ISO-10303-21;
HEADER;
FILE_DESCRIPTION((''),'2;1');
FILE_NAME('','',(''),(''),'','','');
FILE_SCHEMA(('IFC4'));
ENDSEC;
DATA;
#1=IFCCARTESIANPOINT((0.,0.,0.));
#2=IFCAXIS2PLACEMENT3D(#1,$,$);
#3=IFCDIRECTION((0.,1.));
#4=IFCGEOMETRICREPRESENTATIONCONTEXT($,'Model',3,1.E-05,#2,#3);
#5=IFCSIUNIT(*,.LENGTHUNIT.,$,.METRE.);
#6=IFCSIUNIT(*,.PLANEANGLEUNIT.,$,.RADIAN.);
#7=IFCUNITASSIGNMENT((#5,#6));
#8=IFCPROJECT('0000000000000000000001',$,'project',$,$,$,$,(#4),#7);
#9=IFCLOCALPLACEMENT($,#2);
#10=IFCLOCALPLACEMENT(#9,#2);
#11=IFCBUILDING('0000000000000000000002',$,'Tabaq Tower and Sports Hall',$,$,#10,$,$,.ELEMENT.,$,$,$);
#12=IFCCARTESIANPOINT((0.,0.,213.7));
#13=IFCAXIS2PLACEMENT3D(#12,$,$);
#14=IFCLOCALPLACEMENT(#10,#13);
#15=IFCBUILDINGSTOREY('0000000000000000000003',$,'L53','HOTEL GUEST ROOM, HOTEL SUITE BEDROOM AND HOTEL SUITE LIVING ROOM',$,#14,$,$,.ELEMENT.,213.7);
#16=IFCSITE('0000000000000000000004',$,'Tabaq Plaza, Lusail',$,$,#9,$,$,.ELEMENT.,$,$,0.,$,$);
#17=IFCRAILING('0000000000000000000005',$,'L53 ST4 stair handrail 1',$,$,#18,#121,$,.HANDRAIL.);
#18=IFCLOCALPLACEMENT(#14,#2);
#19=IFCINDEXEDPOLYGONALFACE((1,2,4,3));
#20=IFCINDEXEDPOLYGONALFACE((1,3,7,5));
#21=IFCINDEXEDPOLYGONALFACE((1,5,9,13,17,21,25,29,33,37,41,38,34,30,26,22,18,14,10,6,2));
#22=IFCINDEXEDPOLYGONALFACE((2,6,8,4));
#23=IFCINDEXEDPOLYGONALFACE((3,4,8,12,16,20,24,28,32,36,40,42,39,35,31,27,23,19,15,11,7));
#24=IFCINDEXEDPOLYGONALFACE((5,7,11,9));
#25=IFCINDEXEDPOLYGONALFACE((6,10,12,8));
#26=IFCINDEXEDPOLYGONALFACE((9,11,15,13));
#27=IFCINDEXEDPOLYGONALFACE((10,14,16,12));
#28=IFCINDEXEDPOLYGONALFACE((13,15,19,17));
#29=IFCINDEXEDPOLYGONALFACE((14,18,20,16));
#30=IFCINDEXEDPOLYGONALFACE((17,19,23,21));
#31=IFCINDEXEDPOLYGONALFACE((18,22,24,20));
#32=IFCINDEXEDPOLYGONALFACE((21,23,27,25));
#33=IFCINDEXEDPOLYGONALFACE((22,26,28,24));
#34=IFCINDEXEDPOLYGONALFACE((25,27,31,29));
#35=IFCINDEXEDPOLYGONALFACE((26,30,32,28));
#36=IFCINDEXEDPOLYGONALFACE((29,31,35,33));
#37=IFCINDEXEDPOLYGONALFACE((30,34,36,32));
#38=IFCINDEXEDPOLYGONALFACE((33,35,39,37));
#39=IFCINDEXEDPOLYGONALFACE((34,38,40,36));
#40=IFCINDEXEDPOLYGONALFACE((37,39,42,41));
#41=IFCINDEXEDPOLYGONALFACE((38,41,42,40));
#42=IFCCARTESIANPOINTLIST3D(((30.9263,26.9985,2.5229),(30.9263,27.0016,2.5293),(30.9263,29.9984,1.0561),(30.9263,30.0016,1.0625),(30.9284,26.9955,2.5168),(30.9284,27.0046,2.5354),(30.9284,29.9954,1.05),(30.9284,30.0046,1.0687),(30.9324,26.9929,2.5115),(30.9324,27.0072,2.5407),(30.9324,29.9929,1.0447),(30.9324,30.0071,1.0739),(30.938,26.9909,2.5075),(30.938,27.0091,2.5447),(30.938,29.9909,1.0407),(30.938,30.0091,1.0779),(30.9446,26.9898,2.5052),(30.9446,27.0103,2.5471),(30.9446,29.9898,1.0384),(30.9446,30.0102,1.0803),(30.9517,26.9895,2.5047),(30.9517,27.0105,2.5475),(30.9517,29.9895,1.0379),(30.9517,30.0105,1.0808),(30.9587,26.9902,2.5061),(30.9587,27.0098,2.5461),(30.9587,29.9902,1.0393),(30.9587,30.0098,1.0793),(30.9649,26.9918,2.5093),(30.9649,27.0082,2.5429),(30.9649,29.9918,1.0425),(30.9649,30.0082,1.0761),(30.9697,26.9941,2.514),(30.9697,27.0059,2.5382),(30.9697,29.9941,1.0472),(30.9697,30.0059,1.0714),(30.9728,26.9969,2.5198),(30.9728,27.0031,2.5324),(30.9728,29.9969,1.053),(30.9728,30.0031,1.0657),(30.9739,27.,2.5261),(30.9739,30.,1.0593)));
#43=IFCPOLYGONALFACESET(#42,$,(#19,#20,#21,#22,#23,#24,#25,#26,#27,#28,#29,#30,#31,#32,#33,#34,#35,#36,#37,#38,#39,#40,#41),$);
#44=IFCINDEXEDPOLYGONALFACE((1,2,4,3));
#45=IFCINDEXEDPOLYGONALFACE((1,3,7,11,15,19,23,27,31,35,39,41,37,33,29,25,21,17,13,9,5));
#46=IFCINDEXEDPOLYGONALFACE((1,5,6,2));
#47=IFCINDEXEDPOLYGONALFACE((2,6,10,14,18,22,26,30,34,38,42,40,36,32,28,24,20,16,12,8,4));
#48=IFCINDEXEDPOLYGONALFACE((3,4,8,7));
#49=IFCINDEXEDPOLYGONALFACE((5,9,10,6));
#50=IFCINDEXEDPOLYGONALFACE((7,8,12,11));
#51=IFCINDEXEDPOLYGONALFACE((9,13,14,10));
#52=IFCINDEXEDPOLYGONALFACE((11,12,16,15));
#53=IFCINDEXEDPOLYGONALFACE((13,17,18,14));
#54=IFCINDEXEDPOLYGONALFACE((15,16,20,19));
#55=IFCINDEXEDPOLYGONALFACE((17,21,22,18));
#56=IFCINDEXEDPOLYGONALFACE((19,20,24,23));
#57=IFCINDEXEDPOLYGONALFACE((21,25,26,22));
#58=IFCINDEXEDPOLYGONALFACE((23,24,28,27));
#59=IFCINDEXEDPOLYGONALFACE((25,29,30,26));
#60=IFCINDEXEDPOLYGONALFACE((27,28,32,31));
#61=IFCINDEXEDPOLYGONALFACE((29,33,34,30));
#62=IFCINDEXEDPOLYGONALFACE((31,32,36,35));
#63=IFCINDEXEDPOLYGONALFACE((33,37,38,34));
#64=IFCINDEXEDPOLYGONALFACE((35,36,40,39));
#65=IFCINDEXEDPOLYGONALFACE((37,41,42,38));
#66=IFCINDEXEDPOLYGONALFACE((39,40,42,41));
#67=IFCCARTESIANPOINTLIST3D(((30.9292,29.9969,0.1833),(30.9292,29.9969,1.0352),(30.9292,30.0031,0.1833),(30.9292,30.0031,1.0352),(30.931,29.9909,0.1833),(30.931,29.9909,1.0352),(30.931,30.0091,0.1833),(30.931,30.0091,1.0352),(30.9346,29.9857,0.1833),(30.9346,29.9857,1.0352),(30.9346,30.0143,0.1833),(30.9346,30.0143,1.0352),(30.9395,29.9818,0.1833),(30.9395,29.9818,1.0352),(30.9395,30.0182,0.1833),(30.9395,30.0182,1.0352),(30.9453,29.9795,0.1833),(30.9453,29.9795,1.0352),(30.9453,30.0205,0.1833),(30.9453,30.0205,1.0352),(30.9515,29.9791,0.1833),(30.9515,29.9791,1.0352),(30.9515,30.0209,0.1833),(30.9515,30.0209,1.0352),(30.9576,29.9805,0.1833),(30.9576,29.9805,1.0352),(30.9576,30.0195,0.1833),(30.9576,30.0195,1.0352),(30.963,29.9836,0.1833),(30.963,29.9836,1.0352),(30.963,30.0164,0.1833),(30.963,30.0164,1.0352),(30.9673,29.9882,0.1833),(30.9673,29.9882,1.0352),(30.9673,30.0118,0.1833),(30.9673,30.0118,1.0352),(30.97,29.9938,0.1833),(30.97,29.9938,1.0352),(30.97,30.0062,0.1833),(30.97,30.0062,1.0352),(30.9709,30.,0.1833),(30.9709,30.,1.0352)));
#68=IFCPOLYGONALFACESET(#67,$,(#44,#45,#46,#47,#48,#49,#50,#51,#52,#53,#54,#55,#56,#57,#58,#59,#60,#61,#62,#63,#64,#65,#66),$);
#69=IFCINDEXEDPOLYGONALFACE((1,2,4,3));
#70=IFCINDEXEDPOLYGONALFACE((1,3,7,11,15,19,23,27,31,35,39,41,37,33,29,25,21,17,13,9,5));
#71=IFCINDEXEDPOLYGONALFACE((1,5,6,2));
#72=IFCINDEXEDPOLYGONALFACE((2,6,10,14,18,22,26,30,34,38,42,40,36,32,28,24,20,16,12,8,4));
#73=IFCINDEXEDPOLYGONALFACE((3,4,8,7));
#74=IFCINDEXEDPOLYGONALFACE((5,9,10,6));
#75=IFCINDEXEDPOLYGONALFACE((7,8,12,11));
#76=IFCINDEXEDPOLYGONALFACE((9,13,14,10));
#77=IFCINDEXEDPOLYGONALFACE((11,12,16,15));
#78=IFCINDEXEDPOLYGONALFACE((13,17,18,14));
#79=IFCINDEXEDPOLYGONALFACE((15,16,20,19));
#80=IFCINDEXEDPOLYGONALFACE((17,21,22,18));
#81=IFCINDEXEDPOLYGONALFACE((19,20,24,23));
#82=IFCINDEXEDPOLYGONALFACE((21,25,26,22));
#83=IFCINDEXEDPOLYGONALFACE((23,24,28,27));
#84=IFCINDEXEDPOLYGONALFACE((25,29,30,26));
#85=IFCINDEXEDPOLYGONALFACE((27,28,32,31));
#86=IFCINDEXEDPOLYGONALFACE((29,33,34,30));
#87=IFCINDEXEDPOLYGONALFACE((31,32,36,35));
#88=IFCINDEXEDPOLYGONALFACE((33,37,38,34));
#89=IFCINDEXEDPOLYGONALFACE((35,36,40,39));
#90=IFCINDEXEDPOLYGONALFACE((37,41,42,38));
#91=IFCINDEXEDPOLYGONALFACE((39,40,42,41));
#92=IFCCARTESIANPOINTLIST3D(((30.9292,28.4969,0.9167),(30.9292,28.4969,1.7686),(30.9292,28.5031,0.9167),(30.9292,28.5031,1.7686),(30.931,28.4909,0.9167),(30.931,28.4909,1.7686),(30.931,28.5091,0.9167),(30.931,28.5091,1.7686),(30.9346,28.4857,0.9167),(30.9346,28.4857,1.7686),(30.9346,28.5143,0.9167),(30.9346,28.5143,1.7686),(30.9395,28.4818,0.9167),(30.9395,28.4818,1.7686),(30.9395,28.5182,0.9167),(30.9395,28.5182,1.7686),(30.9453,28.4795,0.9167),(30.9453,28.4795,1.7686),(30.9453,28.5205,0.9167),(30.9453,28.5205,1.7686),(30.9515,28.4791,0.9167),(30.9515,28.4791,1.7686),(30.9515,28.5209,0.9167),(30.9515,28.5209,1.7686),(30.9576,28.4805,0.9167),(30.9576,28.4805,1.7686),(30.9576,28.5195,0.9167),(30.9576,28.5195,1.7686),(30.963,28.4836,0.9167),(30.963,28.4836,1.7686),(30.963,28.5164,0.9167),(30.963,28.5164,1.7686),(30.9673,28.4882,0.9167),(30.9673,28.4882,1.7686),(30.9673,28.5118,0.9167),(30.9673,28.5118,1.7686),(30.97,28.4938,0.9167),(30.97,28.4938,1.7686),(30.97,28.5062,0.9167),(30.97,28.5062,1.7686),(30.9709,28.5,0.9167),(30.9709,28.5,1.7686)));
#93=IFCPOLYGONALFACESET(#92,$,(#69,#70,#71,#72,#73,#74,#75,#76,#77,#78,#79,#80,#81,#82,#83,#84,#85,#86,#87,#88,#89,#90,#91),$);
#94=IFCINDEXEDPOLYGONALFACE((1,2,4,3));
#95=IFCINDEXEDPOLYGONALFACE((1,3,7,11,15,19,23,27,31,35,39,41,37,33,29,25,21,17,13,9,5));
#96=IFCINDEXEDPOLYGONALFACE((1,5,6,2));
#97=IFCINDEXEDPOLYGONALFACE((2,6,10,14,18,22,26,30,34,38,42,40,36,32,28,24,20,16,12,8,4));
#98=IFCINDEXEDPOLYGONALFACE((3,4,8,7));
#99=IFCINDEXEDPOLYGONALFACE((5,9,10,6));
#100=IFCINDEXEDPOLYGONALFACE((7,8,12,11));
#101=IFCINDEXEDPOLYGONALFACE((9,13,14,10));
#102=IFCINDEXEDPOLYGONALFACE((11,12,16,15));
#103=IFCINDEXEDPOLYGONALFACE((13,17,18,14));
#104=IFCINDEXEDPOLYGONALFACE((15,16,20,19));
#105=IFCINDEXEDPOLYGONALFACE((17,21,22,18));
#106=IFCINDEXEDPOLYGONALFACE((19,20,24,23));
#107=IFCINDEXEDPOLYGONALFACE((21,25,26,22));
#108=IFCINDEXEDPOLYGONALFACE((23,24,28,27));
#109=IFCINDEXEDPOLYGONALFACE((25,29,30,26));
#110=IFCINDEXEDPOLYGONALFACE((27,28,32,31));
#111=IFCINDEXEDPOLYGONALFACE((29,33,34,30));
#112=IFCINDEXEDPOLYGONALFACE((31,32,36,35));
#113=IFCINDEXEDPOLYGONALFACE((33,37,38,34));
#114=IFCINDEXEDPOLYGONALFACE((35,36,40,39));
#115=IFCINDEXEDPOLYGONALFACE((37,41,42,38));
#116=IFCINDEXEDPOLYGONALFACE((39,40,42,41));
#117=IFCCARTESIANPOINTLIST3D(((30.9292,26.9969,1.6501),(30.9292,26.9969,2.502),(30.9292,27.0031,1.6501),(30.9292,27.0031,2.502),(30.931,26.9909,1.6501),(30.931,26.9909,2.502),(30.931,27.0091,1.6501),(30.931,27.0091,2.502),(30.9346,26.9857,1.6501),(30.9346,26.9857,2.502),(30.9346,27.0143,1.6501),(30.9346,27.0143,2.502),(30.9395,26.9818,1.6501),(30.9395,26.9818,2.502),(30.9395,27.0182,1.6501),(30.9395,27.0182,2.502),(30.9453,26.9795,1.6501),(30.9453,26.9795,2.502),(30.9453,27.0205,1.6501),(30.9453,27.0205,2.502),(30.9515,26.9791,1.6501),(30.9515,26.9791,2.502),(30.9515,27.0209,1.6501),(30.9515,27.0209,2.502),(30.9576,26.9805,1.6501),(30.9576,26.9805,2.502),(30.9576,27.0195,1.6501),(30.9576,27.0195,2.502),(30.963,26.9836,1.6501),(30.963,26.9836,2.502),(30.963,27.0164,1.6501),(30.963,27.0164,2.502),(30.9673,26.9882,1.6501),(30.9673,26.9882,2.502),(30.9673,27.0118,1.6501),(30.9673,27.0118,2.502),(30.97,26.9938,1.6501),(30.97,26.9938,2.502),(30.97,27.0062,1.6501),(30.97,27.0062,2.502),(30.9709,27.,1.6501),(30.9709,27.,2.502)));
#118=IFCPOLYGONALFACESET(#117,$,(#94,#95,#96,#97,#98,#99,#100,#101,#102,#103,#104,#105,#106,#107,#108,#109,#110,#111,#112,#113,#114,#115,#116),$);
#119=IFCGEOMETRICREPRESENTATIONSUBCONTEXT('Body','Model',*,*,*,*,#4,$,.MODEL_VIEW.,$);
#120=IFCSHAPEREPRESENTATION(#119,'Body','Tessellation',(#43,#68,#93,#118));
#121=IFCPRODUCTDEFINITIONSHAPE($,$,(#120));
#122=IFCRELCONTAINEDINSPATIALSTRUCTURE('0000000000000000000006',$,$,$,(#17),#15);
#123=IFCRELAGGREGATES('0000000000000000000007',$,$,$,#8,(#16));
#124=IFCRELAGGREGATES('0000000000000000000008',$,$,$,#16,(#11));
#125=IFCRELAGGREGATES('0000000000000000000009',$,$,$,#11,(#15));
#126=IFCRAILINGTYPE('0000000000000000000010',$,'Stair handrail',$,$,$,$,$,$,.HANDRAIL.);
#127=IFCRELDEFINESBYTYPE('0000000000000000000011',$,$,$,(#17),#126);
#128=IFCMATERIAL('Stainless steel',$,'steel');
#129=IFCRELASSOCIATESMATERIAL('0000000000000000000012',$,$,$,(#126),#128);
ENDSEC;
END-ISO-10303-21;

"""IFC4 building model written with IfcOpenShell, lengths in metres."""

from ifc_helpers import new_model, si_unit, direction, frame, origin, origin_2d, place, context, subcontext, project, spatial, circle, extrude, material, type_object, element, save


model = new_model("IFC4")

# Units and contexts
model_context = context("Model", 3, precision=1e-05, world=origin(), true_north=direction((0.0, 1.0)))
body_context = subcontext(model_context, "Body", "Model", "MODEL_VIEW")
ifc_project = project(units=[si_unit("LENGTHUNIT", "METRE"), si_unit("PLANEANGLEUNIT", "RADIAN")], contexts=[model_context])

# Site, building, storey
site_placement = place(None, origin())
site = spatial("IfcSite", under=ifc_project, at=site_placement, Name="Tabaq Plaza, Lusail", CompositionType="ELEMENT", RefElevation=0.0)
building_placement = place(site_placement, origin())
building = spatial("IfcBuilding", under=site, at=building_placement, Name="Tabaq Tower and Sports Hall", CompositionType="ELEMENT")
storey_placement = place(building_placement, frame((0.0, 0.0, 213.7)))
storey = spatial("IfcBuildingStorey", under=building, at=storey_placement, Name="L53", Description="HOTEL GUEST ROOM, HOTEL SUITE BEDROOM AND HOTEL SUITE LIVING ROOM", CompositionType="ELEMENT", Elevation=213.7)

# Railing
ifc_material_1 = material(Name="Stainless steel", Category="steel")
railing_type = type_object("IfcRailingType", Name="Stair handrail", PredefinedType="HANDRAIL", material=ifc_material_1)
railing_placement = place(storey_placement, frame((30.95, 30.0, 0.1833)))
element("IfcRailing", 1, at=railing_placement, inside=storey, type_object=railing_type, Name="L53 ST4 stair handrail 1", PredefinedType="HANDRAIL", context=body_context, shape_type="SweptSolid", body=[
    extrude(circle(Radius=0.0239, at=origin_2d()), frame((0.0, 0.0, 0.876), z_axis=(0.0, -0.898369, 0.439242), x_axis=(1.0, 0.0, 0.0)), (0.0, 0.0, 1.0), 3.3394),
    extrude(circle(Radius=0.021, at=origin_2d()), origin(), (0.0, 0.0, 1.0), 0.8518),
    extrude(circle(Radius=0.021, at=origin_2d()), frame((0.0, -1.5, 0.7334)), (0.0, 0.0, 1.0), 0.8518),
    extrude(circle(Radius=0.021, at=origin_2d()), frame((0.0, -3.0, 1.4668)), (0.0, 0.0, 1.0), 0.8518),
])

save(model, "model.ifc")
